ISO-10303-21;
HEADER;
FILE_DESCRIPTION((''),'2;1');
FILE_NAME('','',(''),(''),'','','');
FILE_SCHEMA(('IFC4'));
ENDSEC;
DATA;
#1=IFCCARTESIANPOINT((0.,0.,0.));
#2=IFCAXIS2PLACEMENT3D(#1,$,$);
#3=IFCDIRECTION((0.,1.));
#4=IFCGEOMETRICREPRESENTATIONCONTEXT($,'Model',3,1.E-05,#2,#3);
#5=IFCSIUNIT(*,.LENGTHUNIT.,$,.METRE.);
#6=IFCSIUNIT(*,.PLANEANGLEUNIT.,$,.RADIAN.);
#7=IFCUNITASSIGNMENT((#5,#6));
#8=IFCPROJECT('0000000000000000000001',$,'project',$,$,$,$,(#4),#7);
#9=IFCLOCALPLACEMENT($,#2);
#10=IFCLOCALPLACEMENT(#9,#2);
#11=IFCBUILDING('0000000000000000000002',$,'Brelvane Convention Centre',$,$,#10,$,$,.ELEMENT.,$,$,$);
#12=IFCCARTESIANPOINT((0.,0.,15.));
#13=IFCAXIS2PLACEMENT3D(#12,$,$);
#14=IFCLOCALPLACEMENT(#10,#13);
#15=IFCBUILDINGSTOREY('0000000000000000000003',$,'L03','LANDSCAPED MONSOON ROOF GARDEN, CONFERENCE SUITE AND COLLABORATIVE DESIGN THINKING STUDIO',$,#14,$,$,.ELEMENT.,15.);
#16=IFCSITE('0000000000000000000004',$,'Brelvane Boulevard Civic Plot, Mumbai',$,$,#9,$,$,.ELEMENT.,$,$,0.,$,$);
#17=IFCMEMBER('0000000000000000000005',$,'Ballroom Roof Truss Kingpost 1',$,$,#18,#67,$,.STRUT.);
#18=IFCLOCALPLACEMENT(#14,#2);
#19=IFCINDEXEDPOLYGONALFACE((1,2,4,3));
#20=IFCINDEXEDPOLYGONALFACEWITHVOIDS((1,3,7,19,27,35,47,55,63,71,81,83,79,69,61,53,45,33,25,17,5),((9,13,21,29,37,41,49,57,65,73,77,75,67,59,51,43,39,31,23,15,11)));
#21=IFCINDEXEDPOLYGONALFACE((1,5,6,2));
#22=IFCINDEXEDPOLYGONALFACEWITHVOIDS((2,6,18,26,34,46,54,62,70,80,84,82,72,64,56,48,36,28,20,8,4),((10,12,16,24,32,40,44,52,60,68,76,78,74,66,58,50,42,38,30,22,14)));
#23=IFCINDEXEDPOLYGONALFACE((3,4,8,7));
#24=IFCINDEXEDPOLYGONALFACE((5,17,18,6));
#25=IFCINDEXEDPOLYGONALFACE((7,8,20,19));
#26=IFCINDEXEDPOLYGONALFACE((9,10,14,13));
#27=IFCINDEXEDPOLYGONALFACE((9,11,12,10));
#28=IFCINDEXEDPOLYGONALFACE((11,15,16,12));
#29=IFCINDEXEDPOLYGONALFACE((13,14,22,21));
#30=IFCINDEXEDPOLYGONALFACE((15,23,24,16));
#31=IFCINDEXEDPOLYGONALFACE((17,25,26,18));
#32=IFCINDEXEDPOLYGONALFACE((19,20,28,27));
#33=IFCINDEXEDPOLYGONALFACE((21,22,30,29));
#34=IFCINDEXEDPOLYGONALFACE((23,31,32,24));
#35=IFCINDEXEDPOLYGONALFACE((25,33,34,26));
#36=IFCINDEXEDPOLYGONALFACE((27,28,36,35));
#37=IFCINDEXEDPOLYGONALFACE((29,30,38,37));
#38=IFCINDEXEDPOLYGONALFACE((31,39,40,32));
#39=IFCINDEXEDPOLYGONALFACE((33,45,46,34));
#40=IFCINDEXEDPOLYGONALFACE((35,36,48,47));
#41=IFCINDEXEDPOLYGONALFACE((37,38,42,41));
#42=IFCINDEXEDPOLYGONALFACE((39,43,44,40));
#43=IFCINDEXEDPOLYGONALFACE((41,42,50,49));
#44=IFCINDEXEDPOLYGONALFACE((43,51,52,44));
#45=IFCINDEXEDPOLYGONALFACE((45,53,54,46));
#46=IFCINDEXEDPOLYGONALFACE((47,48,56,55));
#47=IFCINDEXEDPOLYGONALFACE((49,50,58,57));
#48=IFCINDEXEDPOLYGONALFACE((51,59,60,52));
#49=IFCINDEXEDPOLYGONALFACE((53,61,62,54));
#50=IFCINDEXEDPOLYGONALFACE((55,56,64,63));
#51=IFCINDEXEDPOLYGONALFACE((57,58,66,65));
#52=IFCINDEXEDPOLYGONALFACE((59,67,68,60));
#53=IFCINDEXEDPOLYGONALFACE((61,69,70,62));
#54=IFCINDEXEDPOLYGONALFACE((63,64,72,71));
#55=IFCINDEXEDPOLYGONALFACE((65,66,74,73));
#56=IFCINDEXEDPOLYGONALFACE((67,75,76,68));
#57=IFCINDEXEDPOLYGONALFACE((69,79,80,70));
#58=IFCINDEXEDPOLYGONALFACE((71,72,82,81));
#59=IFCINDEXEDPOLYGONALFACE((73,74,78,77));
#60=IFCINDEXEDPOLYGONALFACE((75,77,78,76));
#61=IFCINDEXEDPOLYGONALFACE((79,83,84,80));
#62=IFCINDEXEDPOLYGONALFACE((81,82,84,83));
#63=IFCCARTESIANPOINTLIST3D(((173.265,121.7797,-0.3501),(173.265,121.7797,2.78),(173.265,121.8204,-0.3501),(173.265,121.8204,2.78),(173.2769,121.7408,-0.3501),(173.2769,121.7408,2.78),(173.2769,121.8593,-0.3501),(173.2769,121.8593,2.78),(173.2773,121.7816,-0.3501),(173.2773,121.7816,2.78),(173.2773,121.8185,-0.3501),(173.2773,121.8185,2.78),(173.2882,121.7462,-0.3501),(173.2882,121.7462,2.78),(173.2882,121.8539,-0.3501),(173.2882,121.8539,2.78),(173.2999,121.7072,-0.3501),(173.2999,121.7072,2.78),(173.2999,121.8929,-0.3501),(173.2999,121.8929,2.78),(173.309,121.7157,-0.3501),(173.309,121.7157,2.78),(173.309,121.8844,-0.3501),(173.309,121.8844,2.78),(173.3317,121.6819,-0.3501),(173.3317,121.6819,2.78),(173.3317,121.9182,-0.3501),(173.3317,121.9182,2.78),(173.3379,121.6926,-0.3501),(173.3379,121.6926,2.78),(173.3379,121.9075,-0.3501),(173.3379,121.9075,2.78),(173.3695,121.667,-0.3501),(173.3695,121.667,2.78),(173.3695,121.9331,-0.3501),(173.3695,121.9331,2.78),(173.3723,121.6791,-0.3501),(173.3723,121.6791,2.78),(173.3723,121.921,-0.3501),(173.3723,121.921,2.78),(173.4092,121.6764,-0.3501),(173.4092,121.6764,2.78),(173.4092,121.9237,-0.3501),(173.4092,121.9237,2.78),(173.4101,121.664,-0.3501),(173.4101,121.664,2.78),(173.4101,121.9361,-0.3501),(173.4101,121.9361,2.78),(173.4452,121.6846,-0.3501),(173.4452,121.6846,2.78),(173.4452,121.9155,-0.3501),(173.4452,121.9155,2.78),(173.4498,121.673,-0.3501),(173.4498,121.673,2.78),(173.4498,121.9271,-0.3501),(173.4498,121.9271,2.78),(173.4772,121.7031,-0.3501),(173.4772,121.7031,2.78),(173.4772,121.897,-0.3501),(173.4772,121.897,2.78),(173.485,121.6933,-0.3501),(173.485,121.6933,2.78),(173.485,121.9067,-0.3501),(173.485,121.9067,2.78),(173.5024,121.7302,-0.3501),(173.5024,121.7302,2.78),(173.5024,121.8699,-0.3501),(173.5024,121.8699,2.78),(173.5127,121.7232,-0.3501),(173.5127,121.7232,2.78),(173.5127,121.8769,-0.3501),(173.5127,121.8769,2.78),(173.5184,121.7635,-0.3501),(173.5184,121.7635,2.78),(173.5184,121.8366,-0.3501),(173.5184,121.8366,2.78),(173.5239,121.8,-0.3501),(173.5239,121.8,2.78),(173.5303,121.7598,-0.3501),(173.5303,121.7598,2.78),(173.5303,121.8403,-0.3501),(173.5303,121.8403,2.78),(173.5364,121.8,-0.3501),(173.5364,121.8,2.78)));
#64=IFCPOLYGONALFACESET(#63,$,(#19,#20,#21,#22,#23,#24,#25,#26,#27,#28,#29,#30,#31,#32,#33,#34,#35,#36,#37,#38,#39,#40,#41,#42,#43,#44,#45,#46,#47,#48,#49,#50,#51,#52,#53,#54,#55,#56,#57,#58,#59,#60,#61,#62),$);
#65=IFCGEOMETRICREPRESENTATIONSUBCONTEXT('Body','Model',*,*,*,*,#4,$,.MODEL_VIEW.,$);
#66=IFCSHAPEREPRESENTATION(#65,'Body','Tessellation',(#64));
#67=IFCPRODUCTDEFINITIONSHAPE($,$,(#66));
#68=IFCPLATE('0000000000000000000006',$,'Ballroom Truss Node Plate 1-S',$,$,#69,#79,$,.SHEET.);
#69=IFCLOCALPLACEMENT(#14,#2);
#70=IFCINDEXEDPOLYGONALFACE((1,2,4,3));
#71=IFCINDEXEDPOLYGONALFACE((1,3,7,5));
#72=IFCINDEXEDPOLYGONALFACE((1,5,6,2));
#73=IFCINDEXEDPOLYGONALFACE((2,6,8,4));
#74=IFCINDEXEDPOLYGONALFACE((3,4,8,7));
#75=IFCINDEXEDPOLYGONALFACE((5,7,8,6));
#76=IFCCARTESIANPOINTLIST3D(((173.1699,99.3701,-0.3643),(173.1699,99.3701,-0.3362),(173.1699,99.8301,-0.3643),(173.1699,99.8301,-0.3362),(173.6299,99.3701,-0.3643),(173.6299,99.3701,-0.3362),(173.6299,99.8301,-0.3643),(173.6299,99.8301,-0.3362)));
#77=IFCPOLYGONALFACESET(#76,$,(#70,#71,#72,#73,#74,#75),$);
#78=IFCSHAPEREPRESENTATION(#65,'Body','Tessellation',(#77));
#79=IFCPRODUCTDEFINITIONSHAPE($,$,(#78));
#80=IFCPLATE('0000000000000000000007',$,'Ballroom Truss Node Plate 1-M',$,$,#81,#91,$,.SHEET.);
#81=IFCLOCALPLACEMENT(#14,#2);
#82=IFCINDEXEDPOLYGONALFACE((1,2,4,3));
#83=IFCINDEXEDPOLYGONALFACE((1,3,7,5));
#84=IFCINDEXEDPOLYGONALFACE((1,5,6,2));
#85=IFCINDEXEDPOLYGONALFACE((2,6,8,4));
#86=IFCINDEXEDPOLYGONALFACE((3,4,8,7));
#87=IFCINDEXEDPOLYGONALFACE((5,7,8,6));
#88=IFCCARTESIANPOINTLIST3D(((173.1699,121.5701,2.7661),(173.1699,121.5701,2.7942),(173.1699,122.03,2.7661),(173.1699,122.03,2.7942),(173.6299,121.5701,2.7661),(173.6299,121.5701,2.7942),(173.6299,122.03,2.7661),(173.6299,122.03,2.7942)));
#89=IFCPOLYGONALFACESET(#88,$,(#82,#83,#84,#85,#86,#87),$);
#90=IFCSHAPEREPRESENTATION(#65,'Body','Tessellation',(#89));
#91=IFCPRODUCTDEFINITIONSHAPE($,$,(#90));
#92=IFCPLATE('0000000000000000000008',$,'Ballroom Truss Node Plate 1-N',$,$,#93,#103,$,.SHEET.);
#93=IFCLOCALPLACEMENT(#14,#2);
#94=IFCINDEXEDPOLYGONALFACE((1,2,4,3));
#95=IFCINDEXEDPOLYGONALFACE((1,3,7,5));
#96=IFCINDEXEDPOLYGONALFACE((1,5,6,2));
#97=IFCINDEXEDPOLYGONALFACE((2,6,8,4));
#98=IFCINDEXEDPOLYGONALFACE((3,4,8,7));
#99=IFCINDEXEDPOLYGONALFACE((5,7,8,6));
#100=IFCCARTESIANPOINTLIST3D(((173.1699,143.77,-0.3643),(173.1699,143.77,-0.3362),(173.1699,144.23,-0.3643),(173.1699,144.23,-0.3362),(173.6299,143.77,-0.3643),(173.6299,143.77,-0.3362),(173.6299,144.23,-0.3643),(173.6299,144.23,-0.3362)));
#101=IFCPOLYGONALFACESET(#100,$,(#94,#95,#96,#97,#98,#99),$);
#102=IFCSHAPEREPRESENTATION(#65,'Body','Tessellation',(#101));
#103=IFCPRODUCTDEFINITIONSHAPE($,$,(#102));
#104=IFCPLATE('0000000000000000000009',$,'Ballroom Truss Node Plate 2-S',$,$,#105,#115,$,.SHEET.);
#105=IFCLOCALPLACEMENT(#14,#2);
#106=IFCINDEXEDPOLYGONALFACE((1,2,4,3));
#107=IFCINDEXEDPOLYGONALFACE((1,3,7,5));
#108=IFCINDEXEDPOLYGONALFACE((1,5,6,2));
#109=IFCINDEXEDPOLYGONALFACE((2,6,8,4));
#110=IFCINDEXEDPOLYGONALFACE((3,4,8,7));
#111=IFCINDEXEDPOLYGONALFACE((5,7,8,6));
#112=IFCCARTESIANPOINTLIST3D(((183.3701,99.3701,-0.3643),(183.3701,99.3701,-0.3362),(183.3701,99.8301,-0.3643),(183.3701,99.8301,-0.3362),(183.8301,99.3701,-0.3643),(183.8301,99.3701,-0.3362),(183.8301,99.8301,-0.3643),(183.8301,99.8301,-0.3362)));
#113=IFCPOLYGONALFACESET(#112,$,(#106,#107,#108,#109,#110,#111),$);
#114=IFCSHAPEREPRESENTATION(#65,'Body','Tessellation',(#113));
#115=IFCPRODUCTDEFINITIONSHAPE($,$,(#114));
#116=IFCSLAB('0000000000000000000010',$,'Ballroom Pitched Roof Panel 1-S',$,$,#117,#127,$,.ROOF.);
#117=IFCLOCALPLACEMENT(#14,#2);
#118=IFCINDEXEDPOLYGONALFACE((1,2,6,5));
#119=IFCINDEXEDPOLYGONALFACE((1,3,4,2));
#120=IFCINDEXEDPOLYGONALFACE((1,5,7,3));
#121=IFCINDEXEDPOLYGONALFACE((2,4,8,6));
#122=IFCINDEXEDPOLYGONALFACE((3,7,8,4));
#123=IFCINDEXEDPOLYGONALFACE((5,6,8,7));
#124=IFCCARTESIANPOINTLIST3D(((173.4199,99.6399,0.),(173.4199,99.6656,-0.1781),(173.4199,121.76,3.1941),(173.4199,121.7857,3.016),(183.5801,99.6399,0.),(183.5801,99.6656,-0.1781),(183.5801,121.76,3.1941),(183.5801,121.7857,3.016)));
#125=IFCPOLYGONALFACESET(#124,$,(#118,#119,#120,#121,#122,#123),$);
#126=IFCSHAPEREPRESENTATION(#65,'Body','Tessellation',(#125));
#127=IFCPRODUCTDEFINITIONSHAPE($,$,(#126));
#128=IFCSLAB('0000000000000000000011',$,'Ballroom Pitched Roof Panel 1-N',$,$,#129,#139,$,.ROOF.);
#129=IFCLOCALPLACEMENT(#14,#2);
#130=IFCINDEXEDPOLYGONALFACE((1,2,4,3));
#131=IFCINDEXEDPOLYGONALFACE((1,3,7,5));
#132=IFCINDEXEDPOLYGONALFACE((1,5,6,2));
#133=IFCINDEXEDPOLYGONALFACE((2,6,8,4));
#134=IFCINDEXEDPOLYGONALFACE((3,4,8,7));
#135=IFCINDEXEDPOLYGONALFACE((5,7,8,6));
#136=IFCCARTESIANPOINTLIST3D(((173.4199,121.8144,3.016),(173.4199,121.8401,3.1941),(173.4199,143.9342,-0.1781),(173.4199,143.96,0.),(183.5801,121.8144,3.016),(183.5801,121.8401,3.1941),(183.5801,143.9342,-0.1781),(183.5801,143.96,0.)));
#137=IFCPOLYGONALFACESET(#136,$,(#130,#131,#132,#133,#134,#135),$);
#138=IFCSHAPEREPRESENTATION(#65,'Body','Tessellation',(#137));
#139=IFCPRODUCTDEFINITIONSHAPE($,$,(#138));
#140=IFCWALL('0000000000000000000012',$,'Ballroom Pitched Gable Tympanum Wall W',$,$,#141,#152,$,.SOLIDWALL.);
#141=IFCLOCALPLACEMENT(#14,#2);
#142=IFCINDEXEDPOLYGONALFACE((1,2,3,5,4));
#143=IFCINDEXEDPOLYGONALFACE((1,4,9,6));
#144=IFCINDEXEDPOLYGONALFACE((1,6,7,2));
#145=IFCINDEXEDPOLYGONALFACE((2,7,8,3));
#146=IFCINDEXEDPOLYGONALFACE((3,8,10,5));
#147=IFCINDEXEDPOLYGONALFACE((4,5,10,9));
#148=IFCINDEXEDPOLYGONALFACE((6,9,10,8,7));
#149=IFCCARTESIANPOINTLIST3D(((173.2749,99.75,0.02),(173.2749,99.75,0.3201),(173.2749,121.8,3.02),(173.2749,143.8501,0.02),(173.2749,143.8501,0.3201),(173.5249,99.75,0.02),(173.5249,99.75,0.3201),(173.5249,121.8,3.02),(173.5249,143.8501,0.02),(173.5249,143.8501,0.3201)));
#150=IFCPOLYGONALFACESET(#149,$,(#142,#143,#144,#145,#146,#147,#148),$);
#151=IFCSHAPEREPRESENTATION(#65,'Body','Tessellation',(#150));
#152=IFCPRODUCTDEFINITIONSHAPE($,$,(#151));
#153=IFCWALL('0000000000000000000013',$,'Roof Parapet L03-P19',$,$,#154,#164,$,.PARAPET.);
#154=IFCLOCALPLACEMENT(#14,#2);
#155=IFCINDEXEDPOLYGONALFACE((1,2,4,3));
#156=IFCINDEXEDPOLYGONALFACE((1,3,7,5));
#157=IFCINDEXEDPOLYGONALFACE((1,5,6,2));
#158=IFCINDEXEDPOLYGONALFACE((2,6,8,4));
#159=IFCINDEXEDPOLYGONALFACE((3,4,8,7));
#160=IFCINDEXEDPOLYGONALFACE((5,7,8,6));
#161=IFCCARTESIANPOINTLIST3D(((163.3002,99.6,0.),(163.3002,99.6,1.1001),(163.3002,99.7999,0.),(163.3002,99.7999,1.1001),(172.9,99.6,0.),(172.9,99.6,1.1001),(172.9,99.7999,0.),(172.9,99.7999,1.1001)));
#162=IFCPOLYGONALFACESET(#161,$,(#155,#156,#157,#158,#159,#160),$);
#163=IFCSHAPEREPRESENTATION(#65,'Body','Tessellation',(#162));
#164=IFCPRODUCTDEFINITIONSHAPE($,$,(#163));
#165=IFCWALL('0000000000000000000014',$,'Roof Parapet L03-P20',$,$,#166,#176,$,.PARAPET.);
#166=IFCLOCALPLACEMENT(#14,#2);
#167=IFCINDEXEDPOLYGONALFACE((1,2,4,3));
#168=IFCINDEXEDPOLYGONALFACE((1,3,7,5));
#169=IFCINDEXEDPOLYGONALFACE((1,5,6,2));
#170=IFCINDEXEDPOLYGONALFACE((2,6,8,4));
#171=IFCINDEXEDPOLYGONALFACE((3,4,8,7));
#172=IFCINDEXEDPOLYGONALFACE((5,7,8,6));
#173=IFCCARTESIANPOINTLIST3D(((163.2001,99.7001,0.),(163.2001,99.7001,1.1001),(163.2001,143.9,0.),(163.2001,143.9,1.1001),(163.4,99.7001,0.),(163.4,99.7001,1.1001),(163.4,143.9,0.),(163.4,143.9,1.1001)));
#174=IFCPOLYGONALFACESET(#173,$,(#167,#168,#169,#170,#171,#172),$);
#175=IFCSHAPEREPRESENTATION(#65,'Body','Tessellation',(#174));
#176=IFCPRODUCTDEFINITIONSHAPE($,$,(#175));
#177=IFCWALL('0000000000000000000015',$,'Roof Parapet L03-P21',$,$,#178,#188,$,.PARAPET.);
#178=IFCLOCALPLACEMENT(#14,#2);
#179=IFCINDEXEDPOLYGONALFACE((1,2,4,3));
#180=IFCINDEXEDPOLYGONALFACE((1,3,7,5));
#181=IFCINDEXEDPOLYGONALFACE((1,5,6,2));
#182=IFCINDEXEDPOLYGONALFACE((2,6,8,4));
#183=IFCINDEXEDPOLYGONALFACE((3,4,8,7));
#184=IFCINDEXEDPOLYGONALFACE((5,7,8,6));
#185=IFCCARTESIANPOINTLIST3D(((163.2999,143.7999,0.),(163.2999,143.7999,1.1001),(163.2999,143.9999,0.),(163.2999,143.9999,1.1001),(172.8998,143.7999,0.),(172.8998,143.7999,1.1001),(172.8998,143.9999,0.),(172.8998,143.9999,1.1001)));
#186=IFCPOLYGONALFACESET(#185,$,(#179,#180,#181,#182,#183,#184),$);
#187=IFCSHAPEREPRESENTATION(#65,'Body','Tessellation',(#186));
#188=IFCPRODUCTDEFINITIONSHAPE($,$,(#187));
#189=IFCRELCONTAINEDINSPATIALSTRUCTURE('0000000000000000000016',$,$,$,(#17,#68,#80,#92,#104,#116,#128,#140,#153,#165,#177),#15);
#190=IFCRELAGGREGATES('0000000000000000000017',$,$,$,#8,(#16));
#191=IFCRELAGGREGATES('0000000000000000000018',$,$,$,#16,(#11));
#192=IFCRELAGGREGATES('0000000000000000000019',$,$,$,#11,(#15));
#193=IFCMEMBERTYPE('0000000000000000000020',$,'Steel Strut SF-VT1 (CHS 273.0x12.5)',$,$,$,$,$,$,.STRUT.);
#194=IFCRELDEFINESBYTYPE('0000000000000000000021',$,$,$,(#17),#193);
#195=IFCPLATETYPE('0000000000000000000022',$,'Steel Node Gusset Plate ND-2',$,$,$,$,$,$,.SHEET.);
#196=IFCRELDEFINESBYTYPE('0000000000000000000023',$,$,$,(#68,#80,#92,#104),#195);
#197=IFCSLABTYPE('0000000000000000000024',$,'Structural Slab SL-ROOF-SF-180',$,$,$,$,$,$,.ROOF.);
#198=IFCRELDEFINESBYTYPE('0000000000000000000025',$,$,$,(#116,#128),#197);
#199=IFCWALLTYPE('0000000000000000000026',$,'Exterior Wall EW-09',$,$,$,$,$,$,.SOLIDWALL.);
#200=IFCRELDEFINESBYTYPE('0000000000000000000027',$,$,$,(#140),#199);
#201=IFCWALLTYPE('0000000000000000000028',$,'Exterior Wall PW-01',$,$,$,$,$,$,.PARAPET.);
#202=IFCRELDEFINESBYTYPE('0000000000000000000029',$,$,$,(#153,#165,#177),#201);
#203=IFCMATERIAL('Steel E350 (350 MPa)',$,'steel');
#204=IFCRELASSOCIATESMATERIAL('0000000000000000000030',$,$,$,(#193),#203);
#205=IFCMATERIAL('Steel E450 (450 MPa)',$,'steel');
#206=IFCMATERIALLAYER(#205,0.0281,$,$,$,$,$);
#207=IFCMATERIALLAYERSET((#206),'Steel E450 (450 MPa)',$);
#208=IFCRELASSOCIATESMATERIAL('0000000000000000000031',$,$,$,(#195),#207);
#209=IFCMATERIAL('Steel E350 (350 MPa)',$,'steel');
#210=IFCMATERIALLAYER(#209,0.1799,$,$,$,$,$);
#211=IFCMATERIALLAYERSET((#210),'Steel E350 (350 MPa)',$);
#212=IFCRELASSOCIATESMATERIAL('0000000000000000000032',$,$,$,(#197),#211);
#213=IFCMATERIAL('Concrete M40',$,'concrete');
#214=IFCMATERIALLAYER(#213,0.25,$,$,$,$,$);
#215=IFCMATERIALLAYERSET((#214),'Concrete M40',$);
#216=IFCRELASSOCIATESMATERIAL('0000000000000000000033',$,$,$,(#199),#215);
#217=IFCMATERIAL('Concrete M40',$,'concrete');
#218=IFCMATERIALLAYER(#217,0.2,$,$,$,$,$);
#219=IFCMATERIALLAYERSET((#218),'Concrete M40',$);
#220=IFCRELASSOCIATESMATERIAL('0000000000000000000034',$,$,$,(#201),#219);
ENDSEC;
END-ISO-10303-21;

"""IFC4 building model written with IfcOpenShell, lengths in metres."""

from ifc_helpers import new_model, si_unit, direction, frame, frame_2d, origin, origin_2d, place, context, subcontext, project, spatial, polyline, rectangle, hollow_circle, outline, extrude, material, layer, layer_set, material_profile, profile_set, type_object, element, save


model = new_model("IFC4")

# Units and contexts
model_context = context("Model", 3, precision=1e-05, world=origin(), true_north=direction((0.0, 1.0)))
body_context = subcontext(model_context, "Body", "Model", "MODEL_VIEW")
ifc_project = project(units=[si_unit("LENGTHUNIT", "METRE"), si_unit("PLANEANGLEUNIT", "RADIAN")], contexts=[model_context])

# Site, building, storey
site_placement = place(None, origin())
site = spatial("IfcSite", under=ifc_project, at=site_placement, Name="Brelvane Boulevard Civic Plot, Mumbai", CompositionType="ELEMENT", RefElevation=0.0)
building_placement = place(site_placement, origin())
building = spatial("IfcBuilding", under=site, at=building_placement, Name="Brelvane Convention Centre", CompositionType="ELEMENT")
storey_placement = place(building_placement, frame((0.0, 0.0, 15.0)))
storey = spatial("IfcBuildingStorey", under=building, at=storey_placement, Name="L03", Description="LANDSCAPED MONSOON ROOF GARDEN, CONFERENCE SUITE AND COLLABORATIVE DESIGN THINKING STUDIO", CompositionType="ELEMENT", Elevation=15.0)

# Member
ifc_material_1 = material(Name="Steel E350 (350 MPa)", Category="steel")
ifc_material_profile_1 = material_profile(ifc_material_1, hollow_circle(Radius=0.1365, WallThickness=0.0125, at=origin_2d()), Name="CHS 273.0x12.5")
ifc_profile_set_1 = profile_set([ifc_material_profile_1], Name="Steel E350 (350 MPa)")
member_type_1 = type_object("IfcMemberType", Name="Steel Strut SF-VT1 (CHS 273.0x12.5)", PredefinedType="STRUT", material=ifc_profile_set_1)
member_1_placement = place(storey_placement, frame((173.3999, 121.8, -0.3501), z_axis=(0.0, 0.0, 1.0), x_axis=(1.0, 0.0, 0.0)))
element("IfcMember", 1, at=member_1_placement, inside=storey, type_object=member_type_1, Name="Ballroom Roof Truss Kingpost 1", PredefinedType="STRUT", context=body_context, shape_type="SweptSolid", body=[
    extrude(hollow_circle(Radius=0.1365, WallThickness=0.0125, at=origin_2d()), origin(), (0.0, 0.0, 1.0), 3.1301),
])

# Plates
ifc_material_2 = material(Name="Steel E450 (450 MPa)", Category="steel")
ifc_layer_1 = layer(ifc_material_2, 0.0281)
ifc_layer_set_1 = layer_set([ifc_layer_1], Name="Steel E450 (450 MPa)")
plate_type = type_object("IfcPlateType", Name="Steel Node Gusset Plate ND-2", PredefinedType="SHEET", material=ifc_layer_set_1)
for number, where, z_axis, x_axis, name in (
    (2, (173.3999, 99.6001, -0.3643), (0.0, 0.0, 1.0), (1.0, 0.0, 0.0), "Ballroom Truss Node Plate 1-S"),
    (3, (173.3999, 121.8, 2.7661), (0.0, 0.0, 1.0), (1.0, 0.0, 0.0), "Ballroom Truss Node Plate 1-M"),
    (4, (173.3999, 144.0, -0.3643), (0.0, 0.0, 1.0), (1.0, 0.0, 0.0), "Ballroom Truss Node Plate 1-N"),
    (5, (183.6001, 99.6001, -0.3643), (0.0, 0.0, 1.0), (1.0, 0.0, 0.0), "Ballroom Truss Node Plate 2-S"),
):
    element("IfcPlate", number, at=place(storey_placement, frame(where, z_axis=z_axis, x_axis=x_axis)), inside=storey, type_object=plate_type, Name=name, PredefinedType="SHEET", context=body_context, shape_type="SweptSolid", body=[
        extrude(rectangle(XDim=0.46, YDim=0.46, at=origin_2d()), origin(), (0.0, 0.0, 1.0), 0.0281),
    ])

# Slabs
ifc_material_3 = material(Name="Steel E350 (350 MPa)", Category="steel")
ifc_layer_2 = layer(ifc_material_3, 0.1799)
ifc_layer_set_2 = layer_set([ifc_layer_2], Name="Steel E350 (350 MPa)")
slab_type = type_object("IfcSlabType", Name="Structural Slab SL-ROOF-SF-180", PredefinedType="ROOF", material=ifc_layer_set_2)
slab_1_placement = place(storey_placement, frame((173.4199, 99.6399, 0.0), z_axis=(0.0, -0.142915, 0.989735), x_axis=(1.0, 0.0, 0.0)))
element("IfcSlab", 6, at=slab_1_placement, inside=storey, type_object=slab_type, Name="Ballroom Pitched Roof Panel 1-S", PredefinedType="ROOF", context=body_context, shape_type="SweptSolid", body=[
    extrude(outline(polyline([(0.0, 0.0), (10.1602, 0.0), (10.1602, 22.3495), (0.0, 22.3495), (0.0, 0.0)])), origin(), (0.0, 0.0, -1.0), 0.1799),
])
slab_2_placement = place(storey_placement, frame((173.4199, 121.8401, 3.1941), z_axis=(0.0, 0.142917, 0.989735), x_axis=(1.0, 0.0, 0.0)))
element("IfcSlab", 7, at=slab_2_placement, inside=storey, type_object=slab_type, Name="Ballroom Pitched Roof Panel 1-N", PredefinedType="ROOF", context=body_context, shape_type="SweptSolid", body=[
    extrude(outline(polyline([(0.0, 0.0), (10.1602, 0.0), (10.1602, 22.3493), (0.0, 22.3493), (0.0, 0.0)])), origin(), (0.0, 0.0, -1.0), 0.1799),
])

# Walls
ifc_material_4 = material(Name="Concrete M40", Category="concrete")
ifc_layer_3 = layer(ifc_material_4, 0.25)
ifc_layer_set_3 = layer_set([ifc_layer_3], Name="Concrete M40")
wall_type_1 = type_object("IfcWallType", Name="Exterior Wall EW-09", PredefinedType="SOLIDWALL", material=ifc_layer_set_3)
wall_1_placement = place(storey_placement, frame((173.3999, 99.75, 0.02), z_axis=(0.0, 0.0, 1.0), x_axis=(0.0, 1.0, 0.0)))
element("IfcWall", 8, at=wall_1_placement, inside=storey, type_object=wall_type_1, Name="Ballroom Pitched Gable Tympanum Wall W", PredefinedType="SOLIDWALL", context=body_context, shape_type="SweptSolid", body=[
    extrude(outline(polyline([(0.0, 0.0), (44.1001, 0.0), (44.1001, 0.3), (22.05, 3.0), (0.0, 0.3), (0.0, 0.0)])), frame((0.0, 0.125, 0.0), z_axis=(0.0, -1.0, 0.0), x_axis=(1.0, 0.0, 0.0)), (0.0, 0.0, 1.0), 0.25),
])
ifc_material_5 = material(Name="Concrete M40", Category="concrete")
ifc_layer_4 = layer(ifc_material_5, 0.2)
ifc_layer_set_4 = layer_set([ifc_layer_4], Name="Concrete M40")
wall_type_2 = type_object("IfcWallType", Name="Exterior Wall PW-01", PredefinedType="PARAPET", material=ifc_layer_set_4)
wall_2_placement = place(storey_placement, frame((172.8999, 99.7, 0.0), z_axis=(0.0, 0.0, 1.0), x_axis=(-1.0, 0.0, 0.0)))
element("IfcWall", 9, at=wall_2_placement, inside=storey, type_object=wall_type_2, Name="Roof Parapet L03-P19", PredefinedType="PARAPET", context=body_context, shape_type="SweptSolid", body=[
    extrude(rectangle(XDim=9.5999, YDim=0.2, at=frame_2d((4.7998, 0.0))), origin(), (0.0, 0.0, 1.0), 1.1001),
])
wall_3_placement = place(storey_placement, frame((163.3, 99.7, 0.0), z_axis=(0.0, 0.0, 1.0), x_axis=(0.0, 1.0, 0.0)))
element("IfcWall", 10, at=wall_3_placement, inside=storey, type_object=wall_type_2, Name="Roof Parapet L03-P20", PredefinedType="PARAPET", context=body_context, shape_type="SweptSolid", body=[
    extrude(rectangle(XDim=44.2, YDim=0.2, at=frame_2d((22.1001, 0.0))), origin(), (0.0, 0.0, 1.0), 1.1001),
])
wall_4_placement = place(storey_placement, frame((163.3, 143.8999, 0.0), z_axis=(0.0, 0.0, 1.0), x_axis=(1.0, 0.0, 0.0)))
element("IfcWall", 11, at=wall_4_placement, inside=storey, type_object=wall_type_2, Name="Roof Parapet L03-P21", PredefinedType="PARAPET", context=body_context, shape_type="SweptSolid", body=[
    extrude(rectangle(XDim=9.5999, YDim=0.2, at=frame_2d((4.7998, 0.0))), origin(), (0.0, 0.0, 1.0), 1.1001),
])

save(model, "model.ifc")
